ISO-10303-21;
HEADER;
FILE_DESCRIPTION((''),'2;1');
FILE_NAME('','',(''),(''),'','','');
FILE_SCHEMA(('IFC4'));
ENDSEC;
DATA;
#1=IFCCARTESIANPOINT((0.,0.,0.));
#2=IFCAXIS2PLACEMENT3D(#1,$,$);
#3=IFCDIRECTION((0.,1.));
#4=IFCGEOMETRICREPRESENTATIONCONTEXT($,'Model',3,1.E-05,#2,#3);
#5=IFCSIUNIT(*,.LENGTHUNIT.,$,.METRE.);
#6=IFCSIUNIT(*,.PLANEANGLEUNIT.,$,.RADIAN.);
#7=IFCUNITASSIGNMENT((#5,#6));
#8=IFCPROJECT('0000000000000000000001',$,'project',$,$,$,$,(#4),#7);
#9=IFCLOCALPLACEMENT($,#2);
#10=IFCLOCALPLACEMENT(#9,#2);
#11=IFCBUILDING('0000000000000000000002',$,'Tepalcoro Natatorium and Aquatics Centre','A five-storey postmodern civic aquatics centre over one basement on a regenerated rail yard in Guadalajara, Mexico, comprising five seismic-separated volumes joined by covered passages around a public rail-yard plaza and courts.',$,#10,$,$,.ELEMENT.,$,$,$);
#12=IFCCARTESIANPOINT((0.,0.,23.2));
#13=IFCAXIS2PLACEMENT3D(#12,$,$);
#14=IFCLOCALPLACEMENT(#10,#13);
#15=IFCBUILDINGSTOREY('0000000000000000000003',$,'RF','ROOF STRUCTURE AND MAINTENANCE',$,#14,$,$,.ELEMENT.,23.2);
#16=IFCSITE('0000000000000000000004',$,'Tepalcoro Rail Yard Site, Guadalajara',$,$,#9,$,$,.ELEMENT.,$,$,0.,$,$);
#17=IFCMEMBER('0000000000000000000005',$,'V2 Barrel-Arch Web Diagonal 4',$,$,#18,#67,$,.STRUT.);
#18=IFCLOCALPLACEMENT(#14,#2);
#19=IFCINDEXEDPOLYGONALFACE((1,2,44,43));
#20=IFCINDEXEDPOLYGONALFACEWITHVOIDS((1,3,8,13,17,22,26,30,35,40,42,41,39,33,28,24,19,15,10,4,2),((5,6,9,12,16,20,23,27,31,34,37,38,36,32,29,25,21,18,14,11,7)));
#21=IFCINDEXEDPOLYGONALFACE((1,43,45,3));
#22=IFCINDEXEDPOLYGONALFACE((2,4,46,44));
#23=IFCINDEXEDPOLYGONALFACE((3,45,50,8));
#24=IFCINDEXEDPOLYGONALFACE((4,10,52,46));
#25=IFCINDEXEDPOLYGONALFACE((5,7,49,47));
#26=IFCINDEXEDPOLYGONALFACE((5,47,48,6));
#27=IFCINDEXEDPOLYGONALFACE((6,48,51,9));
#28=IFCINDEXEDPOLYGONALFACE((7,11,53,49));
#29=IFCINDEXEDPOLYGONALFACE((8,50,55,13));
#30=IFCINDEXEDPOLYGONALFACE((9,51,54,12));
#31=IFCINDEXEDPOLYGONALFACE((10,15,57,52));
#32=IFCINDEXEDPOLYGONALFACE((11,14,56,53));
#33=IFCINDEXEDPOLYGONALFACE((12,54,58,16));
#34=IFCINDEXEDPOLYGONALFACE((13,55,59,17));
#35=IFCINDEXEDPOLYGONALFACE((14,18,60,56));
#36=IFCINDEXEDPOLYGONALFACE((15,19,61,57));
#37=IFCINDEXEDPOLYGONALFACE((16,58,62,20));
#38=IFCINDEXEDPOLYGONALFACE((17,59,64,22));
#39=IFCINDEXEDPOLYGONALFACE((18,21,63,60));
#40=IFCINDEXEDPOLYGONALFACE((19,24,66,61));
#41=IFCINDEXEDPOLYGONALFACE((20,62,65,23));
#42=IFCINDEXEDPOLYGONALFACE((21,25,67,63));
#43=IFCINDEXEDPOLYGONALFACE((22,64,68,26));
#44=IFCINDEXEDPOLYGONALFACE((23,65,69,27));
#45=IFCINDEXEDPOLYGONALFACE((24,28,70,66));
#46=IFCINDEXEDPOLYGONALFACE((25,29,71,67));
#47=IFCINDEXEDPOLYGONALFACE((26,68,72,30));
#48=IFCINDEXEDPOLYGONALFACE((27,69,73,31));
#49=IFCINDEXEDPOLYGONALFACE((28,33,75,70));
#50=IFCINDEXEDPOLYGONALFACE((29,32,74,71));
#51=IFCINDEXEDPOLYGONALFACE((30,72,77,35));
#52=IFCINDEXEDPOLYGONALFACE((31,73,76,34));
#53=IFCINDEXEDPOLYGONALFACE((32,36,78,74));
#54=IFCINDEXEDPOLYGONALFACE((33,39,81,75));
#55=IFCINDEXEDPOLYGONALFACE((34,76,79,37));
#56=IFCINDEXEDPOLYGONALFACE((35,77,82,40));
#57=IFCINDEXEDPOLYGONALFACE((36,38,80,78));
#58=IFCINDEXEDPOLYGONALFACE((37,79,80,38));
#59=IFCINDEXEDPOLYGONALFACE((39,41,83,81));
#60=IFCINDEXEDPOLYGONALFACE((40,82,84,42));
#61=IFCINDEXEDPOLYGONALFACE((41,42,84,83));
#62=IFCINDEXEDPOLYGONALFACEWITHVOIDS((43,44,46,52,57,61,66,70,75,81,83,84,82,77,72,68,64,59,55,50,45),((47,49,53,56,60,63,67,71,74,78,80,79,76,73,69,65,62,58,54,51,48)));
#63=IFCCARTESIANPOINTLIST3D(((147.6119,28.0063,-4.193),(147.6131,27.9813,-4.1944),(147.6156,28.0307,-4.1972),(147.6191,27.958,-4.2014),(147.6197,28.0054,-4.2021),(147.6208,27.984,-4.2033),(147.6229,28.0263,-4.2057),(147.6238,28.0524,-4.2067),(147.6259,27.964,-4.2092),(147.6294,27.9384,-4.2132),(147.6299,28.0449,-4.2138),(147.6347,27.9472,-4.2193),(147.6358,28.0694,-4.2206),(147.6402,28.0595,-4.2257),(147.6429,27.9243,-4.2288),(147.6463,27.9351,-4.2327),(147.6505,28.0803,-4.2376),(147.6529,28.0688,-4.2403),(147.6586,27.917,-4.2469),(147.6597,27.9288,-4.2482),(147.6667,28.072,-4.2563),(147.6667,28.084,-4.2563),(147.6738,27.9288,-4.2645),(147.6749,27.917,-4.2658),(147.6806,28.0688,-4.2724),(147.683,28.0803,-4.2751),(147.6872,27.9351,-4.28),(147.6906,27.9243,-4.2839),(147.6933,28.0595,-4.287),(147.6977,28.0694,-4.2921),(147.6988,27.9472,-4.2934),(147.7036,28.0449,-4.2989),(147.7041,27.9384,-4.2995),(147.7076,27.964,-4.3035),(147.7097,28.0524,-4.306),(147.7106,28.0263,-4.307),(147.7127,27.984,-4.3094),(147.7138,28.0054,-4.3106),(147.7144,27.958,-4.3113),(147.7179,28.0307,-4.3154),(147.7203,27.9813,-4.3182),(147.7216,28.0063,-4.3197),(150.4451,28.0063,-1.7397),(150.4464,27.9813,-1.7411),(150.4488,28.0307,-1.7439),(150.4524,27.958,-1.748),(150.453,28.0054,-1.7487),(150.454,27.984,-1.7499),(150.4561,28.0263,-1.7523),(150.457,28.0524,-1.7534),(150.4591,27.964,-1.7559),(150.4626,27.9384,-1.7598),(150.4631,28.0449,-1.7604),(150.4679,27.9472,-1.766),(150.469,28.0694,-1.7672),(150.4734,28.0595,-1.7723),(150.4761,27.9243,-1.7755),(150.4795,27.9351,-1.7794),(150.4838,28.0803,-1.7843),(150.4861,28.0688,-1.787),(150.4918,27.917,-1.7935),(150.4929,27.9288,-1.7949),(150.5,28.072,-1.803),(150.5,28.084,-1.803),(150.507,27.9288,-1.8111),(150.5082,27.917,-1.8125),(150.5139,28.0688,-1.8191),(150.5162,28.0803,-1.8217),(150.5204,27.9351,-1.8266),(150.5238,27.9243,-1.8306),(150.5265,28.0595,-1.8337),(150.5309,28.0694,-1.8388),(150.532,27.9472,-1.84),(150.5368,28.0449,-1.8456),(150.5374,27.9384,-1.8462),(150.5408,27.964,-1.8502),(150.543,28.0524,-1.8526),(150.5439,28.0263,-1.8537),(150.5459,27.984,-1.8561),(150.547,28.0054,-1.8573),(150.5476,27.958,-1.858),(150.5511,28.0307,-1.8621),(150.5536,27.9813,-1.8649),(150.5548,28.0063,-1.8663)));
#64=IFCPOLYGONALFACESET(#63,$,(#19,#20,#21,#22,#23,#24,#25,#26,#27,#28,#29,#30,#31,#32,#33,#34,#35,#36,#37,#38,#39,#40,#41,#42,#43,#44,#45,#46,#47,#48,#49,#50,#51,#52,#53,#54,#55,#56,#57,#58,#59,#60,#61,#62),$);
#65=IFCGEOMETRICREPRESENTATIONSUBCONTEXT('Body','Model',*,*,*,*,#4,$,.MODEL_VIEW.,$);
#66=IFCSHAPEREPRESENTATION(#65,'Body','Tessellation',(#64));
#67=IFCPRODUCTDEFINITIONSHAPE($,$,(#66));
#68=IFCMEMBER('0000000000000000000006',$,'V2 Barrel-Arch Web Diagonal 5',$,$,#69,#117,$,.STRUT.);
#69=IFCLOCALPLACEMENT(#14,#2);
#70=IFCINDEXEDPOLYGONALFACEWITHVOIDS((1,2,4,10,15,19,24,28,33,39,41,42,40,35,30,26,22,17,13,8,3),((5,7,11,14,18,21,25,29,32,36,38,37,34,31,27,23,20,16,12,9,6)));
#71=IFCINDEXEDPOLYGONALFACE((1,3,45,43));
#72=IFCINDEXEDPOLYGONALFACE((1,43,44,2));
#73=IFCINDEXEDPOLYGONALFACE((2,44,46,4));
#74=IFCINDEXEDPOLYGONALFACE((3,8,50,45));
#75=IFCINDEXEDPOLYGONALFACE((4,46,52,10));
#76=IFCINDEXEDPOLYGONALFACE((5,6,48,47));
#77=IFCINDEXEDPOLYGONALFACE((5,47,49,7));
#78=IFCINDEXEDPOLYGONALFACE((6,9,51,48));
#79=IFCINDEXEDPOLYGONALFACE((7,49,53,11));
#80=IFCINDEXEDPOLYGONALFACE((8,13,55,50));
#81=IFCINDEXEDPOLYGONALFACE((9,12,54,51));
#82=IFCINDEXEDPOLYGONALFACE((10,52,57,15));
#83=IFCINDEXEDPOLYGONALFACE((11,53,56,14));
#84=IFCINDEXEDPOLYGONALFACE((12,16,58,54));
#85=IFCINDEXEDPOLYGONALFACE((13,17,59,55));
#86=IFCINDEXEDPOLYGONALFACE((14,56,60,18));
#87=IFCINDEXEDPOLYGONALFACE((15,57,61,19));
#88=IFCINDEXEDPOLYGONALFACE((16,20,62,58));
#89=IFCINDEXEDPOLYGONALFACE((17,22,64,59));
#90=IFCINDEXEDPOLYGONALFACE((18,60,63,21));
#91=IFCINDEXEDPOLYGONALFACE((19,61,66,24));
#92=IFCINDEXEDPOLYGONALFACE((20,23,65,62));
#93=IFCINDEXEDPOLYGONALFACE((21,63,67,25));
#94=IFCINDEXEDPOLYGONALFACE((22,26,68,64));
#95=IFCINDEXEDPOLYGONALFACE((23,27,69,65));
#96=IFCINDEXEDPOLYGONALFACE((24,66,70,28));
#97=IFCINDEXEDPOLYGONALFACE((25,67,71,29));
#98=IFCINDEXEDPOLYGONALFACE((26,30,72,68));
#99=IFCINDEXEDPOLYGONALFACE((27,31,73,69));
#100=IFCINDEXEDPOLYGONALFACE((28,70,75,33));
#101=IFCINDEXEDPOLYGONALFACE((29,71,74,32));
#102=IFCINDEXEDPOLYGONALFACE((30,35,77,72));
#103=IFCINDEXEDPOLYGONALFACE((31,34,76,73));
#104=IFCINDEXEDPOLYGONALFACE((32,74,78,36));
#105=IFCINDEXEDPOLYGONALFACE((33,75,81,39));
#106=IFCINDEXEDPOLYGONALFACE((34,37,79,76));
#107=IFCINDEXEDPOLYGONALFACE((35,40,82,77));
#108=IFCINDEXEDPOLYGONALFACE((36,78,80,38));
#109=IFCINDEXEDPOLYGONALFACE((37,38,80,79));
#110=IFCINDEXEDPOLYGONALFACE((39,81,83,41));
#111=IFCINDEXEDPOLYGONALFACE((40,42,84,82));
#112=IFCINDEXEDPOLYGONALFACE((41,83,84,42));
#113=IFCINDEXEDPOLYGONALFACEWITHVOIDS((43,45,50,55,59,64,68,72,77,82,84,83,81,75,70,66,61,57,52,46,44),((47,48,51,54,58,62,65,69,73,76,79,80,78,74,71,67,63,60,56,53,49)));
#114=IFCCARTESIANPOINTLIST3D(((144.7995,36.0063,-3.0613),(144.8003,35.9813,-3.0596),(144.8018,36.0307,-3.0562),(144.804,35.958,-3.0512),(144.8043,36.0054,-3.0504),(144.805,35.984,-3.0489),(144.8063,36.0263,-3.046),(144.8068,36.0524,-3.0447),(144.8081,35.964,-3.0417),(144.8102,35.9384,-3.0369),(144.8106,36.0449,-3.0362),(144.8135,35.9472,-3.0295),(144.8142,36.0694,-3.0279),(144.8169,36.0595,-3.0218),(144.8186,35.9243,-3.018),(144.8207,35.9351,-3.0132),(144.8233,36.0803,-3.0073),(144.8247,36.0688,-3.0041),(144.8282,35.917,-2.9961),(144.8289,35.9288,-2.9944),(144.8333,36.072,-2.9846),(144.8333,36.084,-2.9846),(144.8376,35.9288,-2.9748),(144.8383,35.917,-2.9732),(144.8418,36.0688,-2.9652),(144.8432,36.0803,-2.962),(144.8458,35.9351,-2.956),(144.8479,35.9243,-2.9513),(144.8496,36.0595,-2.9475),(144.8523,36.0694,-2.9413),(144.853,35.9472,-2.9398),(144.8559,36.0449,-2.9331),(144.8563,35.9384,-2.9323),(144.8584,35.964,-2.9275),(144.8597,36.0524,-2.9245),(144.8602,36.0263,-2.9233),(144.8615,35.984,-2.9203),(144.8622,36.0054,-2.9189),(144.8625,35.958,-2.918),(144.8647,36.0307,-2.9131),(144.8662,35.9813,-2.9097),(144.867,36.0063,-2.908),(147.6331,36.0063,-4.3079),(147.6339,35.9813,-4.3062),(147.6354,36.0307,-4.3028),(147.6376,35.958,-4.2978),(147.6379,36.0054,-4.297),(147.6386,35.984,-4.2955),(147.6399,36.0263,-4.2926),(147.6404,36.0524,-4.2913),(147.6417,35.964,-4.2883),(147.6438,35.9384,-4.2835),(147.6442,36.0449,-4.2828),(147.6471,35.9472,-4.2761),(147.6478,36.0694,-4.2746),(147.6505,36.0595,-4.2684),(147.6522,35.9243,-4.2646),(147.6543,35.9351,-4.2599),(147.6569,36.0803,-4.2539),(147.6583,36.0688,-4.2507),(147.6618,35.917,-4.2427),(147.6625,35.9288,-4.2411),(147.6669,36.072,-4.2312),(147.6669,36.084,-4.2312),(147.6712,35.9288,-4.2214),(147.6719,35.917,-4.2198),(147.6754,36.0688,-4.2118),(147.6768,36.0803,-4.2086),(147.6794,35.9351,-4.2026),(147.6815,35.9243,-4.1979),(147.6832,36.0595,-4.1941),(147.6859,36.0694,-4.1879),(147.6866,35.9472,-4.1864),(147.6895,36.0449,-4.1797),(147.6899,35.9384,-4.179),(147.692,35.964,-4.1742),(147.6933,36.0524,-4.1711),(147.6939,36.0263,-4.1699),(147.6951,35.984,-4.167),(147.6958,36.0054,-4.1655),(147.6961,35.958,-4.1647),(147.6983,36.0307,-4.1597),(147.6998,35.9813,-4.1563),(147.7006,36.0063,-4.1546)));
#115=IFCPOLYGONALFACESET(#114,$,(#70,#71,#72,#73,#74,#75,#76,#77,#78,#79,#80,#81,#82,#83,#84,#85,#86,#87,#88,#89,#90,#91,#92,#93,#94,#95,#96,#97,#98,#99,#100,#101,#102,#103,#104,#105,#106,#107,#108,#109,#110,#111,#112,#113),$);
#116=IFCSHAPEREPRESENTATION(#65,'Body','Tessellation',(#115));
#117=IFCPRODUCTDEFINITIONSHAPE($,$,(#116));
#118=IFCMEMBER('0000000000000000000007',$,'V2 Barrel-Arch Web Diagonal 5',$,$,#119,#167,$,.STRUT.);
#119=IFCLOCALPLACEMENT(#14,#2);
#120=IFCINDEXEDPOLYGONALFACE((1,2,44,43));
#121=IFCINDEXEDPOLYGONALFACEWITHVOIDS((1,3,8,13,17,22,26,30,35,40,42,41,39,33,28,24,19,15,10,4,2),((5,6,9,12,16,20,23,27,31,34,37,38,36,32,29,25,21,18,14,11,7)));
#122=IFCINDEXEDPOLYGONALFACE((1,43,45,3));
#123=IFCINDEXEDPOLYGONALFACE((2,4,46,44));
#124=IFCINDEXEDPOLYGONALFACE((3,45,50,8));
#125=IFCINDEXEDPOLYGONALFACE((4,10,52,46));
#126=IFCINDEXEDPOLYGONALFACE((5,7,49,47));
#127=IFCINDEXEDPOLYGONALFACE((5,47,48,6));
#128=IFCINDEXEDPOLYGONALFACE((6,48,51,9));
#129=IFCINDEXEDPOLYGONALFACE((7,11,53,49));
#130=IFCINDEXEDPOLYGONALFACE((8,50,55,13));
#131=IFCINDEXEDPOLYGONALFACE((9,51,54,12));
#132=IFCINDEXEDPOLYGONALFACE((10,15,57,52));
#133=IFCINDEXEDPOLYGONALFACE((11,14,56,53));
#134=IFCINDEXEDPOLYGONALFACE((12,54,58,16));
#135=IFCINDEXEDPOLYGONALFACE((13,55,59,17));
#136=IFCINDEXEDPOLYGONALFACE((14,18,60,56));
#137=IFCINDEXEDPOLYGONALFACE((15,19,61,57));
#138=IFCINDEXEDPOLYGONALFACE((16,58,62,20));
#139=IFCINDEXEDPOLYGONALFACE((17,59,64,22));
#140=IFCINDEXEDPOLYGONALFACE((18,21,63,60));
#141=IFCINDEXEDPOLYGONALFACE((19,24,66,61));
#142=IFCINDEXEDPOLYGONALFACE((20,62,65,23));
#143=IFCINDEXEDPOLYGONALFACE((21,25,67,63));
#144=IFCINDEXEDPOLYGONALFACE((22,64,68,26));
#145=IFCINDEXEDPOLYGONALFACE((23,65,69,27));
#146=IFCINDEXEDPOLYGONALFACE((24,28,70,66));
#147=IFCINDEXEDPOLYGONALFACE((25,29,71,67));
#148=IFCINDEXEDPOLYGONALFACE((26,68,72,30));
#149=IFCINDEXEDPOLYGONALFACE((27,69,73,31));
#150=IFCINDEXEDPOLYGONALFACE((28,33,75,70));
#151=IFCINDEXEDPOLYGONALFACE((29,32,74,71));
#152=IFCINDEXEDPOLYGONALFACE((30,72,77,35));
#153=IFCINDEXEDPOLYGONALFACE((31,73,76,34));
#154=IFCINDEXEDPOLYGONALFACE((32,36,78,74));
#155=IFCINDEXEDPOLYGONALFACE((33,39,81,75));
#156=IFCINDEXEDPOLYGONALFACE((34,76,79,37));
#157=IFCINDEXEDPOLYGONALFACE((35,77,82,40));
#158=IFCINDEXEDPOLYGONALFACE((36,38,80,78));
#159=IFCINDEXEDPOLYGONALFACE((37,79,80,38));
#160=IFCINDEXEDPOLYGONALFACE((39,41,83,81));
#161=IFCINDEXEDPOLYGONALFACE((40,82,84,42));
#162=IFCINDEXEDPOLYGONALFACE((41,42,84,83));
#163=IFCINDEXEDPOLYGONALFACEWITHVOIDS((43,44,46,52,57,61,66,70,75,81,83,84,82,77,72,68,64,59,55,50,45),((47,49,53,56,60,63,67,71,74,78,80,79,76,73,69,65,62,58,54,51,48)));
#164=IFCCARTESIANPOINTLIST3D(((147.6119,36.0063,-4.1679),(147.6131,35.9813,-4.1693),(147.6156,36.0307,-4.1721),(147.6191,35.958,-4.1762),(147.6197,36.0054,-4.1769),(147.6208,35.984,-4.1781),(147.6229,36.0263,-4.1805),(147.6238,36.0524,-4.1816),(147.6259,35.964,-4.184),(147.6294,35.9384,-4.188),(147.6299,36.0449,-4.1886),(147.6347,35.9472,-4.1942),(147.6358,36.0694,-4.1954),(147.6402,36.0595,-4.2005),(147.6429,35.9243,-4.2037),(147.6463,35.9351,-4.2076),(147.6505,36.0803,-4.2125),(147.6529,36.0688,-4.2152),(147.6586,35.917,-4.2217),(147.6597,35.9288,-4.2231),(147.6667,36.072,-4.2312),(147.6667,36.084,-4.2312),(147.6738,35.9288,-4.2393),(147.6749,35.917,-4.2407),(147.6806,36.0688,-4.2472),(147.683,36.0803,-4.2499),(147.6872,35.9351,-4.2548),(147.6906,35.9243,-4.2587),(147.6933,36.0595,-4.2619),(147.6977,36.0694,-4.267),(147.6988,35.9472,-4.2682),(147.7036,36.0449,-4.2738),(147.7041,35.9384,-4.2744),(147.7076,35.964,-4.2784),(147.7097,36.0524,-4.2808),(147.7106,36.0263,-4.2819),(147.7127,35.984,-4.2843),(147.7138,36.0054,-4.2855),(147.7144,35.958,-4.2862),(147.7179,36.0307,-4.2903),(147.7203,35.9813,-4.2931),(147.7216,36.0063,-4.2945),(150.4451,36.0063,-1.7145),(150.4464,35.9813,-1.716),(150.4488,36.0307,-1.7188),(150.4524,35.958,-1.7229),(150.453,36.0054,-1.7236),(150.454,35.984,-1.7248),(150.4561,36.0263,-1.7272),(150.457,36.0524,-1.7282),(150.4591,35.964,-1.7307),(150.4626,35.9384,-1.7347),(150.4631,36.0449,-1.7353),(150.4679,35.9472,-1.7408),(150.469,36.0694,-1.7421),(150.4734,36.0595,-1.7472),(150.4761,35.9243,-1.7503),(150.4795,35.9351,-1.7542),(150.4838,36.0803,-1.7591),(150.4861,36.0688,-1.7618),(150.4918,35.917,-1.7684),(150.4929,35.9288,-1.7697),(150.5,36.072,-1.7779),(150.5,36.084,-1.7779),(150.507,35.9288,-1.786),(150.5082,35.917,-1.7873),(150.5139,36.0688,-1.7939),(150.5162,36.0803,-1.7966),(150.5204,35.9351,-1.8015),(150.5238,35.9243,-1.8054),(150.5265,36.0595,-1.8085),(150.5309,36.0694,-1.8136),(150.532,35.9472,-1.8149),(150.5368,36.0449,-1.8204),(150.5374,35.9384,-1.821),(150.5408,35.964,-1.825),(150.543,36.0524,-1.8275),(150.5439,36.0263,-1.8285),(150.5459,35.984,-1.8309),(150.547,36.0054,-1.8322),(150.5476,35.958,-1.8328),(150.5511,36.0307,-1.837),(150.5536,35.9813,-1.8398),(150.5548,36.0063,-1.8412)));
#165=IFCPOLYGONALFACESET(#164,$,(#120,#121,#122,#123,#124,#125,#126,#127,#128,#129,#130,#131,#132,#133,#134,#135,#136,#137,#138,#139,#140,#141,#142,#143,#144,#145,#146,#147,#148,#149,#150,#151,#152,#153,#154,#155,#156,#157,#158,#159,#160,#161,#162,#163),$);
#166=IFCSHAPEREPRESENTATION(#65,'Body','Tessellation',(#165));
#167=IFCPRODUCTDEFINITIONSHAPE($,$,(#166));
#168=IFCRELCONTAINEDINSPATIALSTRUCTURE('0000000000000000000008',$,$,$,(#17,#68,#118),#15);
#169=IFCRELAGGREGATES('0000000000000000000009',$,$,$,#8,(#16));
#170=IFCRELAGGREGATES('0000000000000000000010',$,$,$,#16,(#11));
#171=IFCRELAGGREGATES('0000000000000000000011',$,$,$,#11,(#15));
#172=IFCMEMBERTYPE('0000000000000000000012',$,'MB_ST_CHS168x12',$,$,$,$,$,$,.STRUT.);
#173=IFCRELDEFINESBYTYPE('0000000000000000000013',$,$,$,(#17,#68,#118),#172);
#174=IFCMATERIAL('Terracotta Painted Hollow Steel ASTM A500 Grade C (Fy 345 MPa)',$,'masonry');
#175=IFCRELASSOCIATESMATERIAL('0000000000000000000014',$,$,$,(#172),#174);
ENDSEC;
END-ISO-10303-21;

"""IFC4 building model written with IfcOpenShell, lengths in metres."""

from ifc_helpers import new_model, si_unit, direction, frame, origin, origin_2d, place, context, subcontext, project, spatial, hollow_circle, extrude, material, material_profile, profile_set, type_object, element, save


model = new_model("IFC4")

# Units and contexts
model_context = context("Model", 3, precision=1e-05, world=origin(), true_north=direction((0.0, 1.0)))
body_context = subcontext(model_context, "Body", "Model", "MODEL_VIEW")
ifc_project = project(units=[si_unit("LENGTHUNIT", "METRE"), si_unit("PLANEANGLEUNIT", "RADIAN")], contexts=[model_context])

# Site, building, storey
site_placement = place(None, origin())
site = spatial("IfcSite", under=ifc_project, at=site_placement, Name="Tepalcoro Rail Yard Site, Guadalajara", CompositionType="ELEMENT", RefElevation=0.0)
building_placement = place(site_placement, origin())
building = spatial("IfcBuilding", under=site, at=building_placement, Name="Tepalcoro Natatorium and Aquatics Centre", Description="A five-storey postmodern civic aquatics centre over one basement on a regenerated rail yard in Guadalajara, Mexico, comprising five seismic-separated volumes joined by covered passages around a public rail-yard plaza and courts.", CompositionType="ELEMENT")
storey_placement = place(building_placement, frame((0.0, 0.0, 23.2)))
storey = spatial("IfcBuildingStorey", under=building, at=storey_placement, Name="RF", Description="ROOF STRUCTURE AND MAINTENANCE", CompositionType="ELEMENT", Elevation=23.2)

# Shared definitions
ifc_material_1 = material(Name="Terracotta Painted Hollow Steel ASTM A500 Grade C (Fy 345 MPa)", Category="masonry")

# Members
ifc_material_profile_1 = material_profile(ifc_material_1, hollow_circle(Radius=0.084, WallThickness=0.012, at=origin_2d()), Name="CHS168X12")
ifc_profile_set_1 = profile_set([ifc_material_profile_1], Name="Terracotta Painted Hollow Steel ASTM A500 Grade C (Fy 345 MPa)")
member_type_1 = type_object("IfcMemberType", Name="MB_ST_CHS168x12", PredefinedType="STRUT", material=ifc_profile_set_1)
member_1_placement = place(storey_placement, frame((147.6667, 28.0, -4.2563), z_axis=(0.755968, 0.0, 0.654608), x_axis=(0.0, 1.0, 0.0)))
element("IfcMember", 1, at=member_1_placement, inside=storey, type_object=member_type_1, Name="V2 Barrel-Arch Web Diagonal 4", PredefinedType="STRUT", context=body_context, shape_type="SweptSolid", body=[
    extrude(hollow_circle(Radius=0.084, WallThickness=0.012, at=origin_2d()), origin(), (0.0, 0.0, 1.0), 3.7478),
])
member_2_placement = place(storey_placement, frame((144.8333, 36.0, -2.9846), z_axis=(0.915334, 0.0, -0.402696), x_axis=(0.0, 1.0, 0.0)))
element("IfcMember", 2, at=member_2_placement, inside=storey, type_object=member_type_1, Name="V2 Barrel-Arch Web Diagonal 5", PredefinedType="STRUT", context=body_context, shape_type="SweptSolid", body=[
    extrude(hollow_circle(Radius=0.084, WallThickness=0.012, at=origin_2d()), origin(), (0.0, 0.0, 1.0), 3.0957),
])
member_3_placement = place(storey_placement, frame((147.6667, 36.0, -4.2312), z_axis=(0.755968, 0.0, 0.654608), x_axis=(0.0, 1.0, 0.0)))
element("IfcMember", 3, at=member_3_placement, inside=storey, type_object=member_type_1, Name="V2 Barrel-Arch Web Diagonal 5", PredefinedType="STRUT", context=body_context, shape_type="SweptSolid", body=[
    extrude(hollow_circle(Radius=0.084, WallThickness=0.012, at=origin_2d()), origin(), (0.0, 0.0, 1.0), 3.7478),
])

save(model, "model.ifc")
